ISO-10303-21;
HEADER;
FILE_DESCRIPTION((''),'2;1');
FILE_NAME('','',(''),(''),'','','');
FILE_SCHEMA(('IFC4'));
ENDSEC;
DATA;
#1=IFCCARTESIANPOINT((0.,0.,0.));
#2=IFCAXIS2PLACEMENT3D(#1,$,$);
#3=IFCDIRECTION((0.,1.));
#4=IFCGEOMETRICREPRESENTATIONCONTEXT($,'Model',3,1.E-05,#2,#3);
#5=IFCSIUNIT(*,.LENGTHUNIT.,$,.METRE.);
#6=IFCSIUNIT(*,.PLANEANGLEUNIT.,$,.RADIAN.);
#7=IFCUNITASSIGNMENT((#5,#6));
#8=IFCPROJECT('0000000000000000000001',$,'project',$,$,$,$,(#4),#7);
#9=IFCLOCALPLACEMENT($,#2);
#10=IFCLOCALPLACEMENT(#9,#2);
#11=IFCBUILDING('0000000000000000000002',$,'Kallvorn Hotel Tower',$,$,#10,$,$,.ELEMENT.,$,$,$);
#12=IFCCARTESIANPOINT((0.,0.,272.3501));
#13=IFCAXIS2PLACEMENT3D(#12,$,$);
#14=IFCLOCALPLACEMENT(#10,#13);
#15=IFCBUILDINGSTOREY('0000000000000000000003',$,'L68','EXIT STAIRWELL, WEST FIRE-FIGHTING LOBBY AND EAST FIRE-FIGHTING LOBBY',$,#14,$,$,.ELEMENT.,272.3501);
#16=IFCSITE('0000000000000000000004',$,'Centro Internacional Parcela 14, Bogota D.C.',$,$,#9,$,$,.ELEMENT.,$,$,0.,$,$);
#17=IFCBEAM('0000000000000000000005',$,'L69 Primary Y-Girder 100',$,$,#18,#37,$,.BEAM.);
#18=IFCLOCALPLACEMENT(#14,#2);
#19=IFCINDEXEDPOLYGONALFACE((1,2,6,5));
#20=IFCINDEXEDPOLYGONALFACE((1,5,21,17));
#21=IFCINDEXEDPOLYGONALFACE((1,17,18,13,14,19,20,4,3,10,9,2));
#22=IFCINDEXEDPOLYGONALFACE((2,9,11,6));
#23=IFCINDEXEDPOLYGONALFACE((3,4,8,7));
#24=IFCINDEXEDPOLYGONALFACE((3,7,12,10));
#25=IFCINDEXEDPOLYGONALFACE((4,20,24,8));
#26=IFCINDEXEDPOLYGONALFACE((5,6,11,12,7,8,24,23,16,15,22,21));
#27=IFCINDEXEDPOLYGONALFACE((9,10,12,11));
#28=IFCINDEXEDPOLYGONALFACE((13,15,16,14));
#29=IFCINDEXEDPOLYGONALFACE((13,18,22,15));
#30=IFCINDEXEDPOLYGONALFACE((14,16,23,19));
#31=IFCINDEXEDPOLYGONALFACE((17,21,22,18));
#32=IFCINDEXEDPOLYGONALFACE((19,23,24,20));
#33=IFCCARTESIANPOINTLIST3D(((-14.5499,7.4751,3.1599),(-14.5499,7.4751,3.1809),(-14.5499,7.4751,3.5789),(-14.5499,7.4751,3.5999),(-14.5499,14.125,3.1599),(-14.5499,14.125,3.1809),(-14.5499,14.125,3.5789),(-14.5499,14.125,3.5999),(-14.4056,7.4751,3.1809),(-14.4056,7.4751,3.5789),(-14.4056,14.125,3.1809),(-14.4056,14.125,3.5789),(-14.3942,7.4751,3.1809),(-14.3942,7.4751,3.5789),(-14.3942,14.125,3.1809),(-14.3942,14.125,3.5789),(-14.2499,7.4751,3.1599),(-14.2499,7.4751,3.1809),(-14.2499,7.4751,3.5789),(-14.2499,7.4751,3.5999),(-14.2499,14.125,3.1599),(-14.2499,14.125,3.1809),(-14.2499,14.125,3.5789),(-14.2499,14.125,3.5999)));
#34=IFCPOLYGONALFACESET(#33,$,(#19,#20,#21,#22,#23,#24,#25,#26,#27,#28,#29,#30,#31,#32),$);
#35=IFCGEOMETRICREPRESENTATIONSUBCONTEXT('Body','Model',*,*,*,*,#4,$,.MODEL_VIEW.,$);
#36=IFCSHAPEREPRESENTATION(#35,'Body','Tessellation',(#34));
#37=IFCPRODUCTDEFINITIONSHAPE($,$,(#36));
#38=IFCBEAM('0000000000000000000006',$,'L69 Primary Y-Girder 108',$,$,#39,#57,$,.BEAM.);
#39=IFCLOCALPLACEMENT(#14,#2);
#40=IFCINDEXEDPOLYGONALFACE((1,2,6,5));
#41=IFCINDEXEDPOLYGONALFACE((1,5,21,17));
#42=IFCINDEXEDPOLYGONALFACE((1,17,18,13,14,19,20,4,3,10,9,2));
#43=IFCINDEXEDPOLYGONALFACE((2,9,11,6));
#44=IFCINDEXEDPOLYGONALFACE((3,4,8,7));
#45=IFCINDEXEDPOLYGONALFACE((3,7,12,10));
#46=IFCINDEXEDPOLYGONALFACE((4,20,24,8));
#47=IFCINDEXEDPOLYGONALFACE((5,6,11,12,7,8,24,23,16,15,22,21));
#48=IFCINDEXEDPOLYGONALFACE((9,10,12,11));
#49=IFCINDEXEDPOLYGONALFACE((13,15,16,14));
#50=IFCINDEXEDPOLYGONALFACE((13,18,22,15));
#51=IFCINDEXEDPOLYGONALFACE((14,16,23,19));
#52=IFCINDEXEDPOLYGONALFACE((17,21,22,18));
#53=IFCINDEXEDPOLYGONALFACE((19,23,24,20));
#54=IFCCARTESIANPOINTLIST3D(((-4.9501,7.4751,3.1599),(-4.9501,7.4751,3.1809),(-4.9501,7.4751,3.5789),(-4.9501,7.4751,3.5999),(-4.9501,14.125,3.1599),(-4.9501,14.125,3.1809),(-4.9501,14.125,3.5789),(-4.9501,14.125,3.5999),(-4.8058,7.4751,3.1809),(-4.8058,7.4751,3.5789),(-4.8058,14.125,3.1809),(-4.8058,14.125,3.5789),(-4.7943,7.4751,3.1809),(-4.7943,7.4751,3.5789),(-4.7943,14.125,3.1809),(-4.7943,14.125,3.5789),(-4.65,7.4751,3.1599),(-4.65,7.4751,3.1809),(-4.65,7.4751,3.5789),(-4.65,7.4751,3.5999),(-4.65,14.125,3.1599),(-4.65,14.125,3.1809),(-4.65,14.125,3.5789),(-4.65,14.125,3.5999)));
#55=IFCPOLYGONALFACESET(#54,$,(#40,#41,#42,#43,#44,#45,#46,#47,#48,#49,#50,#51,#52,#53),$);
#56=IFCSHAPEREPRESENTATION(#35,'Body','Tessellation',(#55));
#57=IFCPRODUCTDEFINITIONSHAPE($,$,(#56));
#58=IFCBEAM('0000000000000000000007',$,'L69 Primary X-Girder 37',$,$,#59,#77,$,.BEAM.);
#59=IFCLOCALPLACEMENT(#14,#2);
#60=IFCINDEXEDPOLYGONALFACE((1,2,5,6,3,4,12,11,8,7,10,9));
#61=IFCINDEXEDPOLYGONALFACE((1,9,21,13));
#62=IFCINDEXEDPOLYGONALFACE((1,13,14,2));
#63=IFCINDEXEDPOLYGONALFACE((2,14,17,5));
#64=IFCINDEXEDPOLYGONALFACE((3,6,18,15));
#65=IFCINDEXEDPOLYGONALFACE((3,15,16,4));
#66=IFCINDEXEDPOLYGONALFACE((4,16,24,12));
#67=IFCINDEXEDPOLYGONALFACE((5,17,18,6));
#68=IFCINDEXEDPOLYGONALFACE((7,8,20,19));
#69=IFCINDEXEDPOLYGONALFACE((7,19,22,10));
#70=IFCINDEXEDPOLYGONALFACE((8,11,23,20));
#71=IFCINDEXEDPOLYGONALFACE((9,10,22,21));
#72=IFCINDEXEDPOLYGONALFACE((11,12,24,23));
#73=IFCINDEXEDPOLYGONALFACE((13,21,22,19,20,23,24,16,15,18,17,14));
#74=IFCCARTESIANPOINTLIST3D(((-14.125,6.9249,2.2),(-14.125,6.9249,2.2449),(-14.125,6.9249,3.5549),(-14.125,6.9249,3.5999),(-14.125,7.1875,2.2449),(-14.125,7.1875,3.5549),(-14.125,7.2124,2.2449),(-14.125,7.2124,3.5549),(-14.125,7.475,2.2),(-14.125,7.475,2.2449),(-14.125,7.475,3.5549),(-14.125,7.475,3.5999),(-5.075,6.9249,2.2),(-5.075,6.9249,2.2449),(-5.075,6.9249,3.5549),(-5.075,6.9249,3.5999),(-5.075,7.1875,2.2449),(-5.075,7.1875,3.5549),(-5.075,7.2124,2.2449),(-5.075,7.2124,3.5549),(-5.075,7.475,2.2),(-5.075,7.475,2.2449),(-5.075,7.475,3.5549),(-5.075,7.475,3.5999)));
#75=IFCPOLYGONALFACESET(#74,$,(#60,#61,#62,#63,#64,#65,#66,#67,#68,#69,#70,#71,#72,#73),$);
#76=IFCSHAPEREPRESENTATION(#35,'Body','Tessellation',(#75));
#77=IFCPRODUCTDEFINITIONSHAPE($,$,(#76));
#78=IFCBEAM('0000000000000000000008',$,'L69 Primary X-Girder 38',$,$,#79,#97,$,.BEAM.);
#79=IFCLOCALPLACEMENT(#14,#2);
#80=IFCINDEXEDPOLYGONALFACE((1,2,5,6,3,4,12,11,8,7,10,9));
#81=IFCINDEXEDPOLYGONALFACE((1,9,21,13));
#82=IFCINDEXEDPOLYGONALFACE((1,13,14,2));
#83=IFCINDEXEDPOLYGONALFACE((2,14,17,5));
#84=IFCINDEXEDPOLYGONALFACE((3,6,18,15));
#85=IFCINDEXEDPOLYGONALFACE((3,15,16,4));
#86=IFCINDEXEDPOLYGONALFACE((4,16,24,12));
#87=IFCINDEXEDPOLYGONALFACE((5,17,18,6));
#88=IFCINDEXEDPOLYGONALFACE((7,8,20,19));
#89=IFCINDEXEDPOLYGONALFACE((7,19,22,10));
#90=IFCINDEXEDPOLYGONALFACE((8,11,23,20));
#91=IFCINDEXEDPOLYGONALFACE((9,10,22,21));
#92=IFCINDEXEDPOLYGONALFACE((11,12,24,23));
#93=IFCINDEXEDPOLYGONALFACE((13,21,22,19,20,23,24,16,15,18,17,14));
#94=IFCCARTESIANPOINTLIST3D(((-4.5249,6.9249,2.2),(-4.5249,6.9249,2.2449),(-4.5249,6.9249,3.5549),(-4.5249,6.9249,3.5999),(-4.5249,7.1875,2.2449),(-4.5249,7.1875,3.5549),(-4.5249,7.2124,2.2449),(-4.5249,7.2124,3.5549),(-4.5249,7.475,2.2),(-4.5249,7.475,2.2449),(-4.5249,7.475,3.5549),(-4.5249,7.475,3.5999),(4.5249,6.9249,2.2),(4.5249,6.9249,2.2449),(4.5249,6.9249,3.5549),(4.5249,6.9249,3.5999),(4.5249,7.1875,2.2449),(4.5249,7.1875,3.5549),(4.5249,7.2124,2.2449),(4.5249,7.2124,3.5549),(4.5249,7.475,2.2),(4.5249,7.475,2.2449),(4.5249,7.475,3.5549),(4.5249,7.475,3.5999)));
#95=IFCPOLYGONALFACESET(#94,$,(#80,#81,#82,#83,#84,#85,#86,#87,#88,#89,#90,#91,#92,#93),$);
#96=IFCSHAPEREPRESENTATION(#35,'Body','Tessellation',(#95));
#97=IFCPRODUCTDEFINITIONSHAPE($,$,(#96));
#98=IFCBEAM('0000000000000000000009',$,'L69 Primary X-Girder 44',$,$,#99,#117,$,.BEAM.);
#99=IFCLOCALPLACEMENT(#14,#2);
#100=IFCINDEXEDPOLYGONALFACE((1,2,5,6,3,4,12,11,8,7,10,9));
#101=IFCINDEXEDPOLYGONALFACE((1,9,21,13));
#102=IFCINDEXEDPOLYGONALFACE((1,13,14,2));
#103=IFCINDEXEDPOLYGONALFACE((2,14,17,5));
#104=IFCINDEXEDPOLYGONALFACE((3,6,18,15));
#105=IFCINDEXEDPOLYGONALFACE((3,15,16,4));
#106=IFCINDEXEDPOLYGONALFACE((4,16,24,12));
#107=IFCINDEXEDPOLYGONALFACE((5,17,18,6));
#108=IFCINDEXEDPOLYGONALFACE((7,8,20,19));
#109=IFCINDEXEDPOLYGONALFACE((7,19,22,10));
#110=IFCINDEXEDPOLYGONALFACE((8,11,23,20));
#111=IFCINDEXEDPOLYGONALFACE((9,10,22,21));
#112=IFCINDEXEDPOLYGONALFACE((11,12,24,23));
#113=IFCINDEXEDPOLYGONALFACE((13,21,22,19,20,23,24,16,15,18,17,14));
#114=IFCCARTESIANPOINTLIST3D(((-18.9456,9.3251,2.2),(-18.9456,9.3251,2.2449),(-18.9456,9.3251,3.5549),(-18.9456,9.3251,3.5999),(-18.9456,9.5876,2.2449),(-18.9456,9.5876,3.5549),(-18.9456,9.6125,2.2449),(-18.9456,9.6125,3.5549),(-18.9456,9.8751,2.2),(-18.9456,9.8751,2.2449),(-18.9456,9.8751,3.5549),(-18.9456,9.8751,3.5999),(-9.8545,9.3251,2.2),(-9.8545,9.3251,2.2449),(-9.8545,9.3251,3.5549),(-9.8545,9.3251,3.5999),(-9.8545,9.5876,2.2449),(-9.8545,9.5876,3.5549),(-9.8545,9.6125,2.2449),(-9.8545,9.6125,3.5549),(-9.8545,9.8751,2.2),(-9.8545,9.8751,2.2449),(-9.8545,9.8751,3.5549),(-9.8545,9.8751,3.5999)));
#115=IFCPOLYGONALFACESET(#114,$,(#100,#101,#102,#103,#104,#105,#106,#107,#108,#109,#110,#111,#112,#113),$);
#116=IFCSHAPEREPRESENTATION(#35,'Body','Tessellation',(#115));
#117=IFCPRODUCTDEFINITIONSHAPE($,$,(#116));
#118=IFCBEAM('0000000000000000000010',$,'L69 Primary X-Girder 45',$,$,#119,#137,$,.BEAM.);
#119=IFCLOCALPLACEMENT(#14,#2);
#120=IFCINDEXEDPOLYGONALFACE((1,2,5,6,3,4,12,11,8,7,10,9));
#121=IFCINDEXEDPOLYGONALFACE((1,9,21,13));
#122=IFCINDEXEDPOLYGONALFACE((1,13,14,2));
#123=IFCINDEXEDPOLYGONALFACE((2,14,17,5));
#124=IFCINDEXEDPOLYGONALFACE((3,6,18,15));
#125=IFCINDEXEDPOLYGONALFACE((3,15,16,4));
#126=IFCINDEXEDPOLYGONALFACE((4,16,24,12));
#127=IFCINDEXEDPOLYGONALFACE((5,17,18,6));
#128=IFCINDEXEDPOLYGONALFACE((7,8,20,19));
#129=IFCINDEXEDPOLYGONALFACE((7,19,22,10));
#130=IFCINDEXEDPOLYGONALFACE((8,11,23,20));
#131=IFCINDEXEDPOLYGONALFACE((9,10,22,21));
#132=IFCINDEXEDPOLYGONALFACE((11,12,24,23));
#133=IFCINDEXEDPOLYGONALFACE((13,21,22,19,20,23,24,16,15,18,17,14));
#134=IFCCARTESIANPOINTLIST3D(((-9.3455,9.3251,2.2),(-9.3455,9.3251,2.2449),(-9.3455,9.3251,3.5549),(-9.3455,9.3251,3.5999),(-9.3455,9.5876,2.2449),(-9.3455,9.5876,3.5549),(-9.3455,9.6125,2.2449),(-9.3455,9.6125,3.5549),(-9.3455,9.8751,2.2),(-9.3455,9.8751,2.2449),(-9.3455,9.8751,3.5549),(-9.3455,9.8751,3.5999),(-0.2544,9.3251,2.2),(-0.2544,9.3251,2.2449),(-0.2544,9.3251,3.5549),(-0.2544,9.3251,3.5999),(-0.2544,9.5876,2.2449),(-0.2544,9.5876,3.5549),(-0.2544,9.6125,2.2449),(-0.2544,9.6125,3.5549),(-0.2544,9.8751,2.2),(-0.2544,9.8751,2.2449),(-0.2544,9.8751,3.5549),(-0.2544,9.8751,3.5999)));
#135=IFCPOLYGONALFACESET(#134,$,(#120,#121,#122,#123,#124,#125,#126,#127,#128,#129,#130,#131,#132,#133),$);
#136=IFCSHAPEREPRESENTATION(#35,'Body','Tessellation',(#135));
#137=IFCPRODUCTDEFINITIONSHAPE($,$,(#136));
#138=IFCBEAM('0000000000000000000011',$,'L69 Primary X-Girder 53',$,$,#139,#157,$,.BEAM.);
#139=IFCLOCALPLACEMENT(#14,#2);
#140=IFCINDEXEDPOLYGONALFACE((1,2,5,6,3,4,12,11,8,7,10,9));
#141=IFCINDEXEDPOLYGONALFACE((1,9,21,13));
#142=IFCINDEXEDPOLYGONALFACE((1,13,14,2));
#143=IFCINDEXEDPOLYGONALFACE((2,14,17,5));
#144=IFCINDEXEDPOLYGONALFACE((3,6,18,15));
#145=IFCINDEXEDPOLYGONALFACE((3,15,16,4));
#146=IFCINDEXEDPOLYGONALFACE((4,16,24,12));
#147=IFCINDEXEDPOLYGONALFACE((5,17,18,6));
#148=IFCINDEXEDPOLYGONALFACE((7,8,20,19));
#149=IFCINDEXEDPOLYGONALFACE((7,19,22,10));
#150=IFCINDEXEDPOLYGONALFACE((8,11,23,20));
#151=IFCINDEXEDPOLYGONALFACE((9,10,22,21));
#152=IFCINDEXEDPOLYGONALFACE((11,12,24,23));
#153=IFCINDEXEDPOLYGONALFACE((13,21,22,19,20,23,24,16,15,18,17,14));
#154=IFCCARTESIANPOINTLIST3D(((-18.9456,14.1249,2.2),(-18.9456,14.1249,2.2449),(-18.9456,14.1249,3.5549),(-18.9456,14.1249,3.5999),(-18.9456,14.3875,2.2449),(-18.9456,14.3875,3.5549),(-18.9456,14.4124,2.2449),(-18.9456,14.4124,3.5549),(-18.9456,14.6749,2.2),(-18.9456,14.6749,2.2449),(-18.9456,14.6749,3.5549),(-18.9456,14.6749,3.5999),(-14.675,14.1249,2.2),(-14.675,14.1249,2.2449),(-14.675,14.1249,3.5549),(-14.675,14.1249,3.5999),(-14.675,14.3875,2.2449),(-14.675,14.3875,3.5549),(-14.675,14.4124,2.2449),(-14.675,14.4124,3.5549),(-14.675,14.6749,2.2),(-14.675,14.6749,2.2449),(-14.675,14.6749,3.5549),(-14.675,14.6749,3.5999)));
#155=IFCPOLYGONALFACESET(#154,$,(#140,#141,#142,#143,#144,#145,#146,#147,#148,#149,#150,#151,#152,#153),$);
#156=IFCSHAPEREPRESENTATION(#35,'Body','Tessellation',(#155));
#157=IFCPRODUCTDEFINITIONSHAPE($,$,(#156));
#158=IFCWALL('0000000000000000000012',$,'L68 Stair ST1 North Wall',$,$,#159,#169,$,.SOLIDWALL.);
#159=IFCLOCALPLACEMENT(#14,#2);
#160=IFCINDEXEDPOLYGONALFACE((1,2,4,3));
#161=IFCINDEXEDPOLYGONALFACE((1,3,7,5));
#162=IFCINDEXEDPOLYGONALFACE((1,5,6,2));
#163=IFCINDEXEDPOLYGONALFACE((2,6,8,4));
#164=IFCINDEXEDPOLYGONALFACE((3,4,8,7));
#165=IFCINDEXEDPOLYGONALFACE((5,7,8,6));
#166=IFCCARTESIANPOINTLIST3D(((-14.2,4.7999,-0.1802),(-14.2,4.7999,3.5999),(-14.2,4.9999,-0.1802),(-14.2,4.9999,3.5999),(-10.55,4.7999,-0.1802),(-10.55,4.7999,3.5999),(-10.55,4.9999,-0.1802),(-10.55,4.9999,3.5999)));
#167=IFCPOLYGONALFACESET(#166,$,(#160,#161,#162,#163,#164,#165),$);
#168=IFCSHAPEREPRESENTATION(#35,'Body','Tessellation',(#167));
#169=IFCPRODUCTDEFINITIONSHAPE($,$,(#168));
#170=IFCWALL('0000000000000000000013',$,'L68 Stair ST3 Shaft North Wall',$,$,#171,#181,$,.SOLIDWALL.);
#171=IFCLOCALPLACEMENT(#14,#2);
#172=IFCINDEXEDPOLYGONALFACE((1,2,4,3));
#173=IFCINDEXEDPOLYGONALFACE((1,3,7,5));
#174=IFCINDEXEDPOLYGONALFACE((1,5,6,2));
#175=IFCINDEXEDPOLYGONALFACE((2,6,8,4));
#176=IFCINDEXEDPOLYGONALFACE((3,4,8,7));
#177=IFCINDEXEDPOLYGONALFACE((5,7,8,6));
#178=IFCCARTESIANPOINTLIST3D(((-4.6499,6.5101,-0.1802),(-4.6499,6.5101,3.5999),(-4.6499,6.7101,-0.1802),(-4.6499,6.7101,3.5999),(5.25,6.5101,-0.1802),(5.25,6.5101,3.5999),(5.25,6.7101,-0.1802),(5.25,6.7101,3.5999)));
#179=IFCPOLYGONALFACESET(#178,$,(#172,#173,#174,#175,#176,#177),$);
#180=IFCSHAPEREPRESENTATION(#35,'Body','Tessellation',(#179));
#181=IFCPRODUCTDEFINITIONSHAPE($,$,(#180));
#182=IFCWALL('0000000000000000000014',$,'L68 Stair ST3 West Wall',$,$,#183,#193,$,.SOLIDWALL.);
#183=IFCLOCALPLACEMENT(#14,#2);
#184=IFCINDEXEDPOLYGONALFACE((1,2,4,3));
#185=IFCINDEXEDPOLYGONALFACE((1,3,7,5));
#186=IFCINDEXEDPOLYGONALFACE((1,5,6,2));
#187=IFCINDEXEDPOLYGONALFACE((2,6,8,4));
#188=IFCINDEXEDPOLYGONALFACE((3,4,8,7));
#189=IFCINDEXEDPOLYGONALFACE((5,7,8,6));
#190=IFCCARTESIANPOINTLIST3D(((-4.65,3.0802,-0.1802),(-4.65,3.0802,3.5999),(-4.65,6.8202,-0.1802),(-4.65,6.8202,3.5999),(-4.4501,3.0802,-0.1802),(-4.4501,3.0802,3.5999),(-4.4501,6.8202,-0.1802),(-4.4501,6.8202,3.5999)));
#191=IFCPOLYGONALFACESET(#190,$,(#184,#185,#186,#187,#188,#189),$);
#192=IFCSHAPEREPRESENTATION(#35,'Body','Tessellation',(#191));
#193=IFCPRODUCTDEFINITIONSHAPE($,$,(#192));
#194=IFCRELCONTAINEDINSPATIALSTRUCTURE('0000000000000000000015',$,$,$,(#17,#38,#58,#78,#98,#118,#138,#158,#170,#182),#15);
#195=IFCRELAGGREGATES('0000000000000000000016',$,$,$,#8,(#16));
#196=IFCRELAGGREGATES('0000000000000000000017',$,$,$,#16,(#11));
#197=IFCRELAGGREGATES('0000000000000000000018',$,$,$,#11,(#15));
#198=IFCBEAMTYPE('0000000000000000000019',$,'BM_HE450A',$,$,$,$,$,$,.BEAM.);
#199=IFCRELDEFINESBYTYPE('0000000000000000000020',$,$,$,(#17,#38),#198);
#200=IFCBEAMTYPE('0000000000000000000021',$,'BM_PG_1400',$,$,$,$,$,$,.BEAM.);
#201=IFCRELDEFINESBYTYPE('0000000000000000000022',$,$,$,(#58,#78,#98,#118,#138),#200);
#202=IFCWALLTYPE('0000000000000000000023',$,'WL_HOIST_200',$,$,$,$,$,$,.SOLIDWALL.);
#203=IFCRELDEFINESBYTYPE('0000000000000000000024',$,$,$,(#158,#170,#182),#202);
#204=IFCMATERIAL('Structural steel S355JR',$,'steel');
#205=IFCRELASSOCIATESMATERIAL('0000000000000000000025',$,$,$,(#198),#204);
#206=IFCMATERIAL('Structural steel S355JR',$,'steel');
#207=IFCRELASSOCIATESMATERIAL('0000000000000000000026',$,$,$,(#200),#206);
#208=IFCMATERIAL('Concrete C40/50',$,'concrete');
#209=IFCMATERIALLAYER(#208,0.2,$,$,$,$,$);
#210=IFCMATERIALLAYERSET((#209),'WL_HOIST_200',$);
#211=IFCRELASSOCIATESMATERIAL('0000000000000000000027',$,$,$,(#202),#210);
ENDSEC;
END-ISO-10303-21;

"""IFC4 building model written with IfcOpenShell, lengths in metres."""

from ifc_helpers import new_model, si_unit, direction, frame, frame_2d, origin, origin_2d, place, context, subcontext, project, spatial, rectangle, i_section, extrude, material, layer, layer_set, material_profile, profile_set, type_object, element, save


model = new_model("IFC4")

# Units and contexts
model_context = context("Model", 3, precision=1e-05, world=origin(), true_north=direction((0.0, 1.0)))
body_context = subcontext(model_context, "Body", "Model", "MODEL_VIEW")
ifc_project = project(units=[si_unit("LENGTHUNIT", "METRE"), si_unit("PLANEANGLEUNIT", "RADIAN")], contexts=[model_context])

# Site, building, storey
site_placement = place(None, origin())
site = spatial("IfcSite", under=ifc_project, at=site_placement, Name="Centro Internacional Parcela 14, Bogota D.C.", CompositionType="ELEMENT", RefElevation=0.0)
building_placement = place(site_placement, origin())
building = spatial("IfcBuilding", under=site, at=building_placement, Name="Kallvorn Hotel Tower", CompositionType="ELEMENT")
storey_placement = place(building_placement, frame((0.0, 0.0, 272.3501)))
storey = spatial("IfcBuildingStorey", under=building, at=storey_placement, Name="L68", Description="EXIT STAIRWELL, WEST FIRE-FIGHTING LOBBY AND EAST FIRE-FIGHTING LOBBY", CompositionType="ELEMENT", Elevation=272.3501)

# Beams
ifc_material_1 = material(Name="Structural steel S355JR", Category="steel")
ifc_material_profile_1 = material_profile(ifc_material_1, i_section(OverallWidth=0.3, OverallDepth=0.4399, WebThickness=0.0115, FlangeThickness=0.021, at=origin_2d()), Name="HE 450 A")
ifc_profile_set_1 = profile_set([ifc_material_profile_1], Name="Structural steel S355JR")
beam_type_1 = type_object("IfcBeamType", Name="BM_HE450A", PredefinedType="BEAM", material=ifc_profile_set_1)
for number, where, z_axis, x_axis, name in (
    (1, (-14.3999, 7.4751, 3.3799), (0.0, 1.0, 0.0), (-1.0, 0.0, 0.0), "L69 Primary Y-Girder 100"),
    (2, (-4.8, 7.4751, 3.3799), (0.0, 1.0, 0.0), (-1.0, 0.0, 0.0), "L69 Primary Y-Girder 108"),
):
    element("IfcBeam", number, at=place(storey_placement, frame(where, z_axis=z_axis, x_axis=x_axis)), inside=storey, type_object=beam_type_1, Name=name, PredefinedType="BEAM", context=body_context, shape_type="SweptSolid", body=[
        extrude(i_section(OverallWidth=0.3, OverallDepth=0.4399, WebThickness=0.0115, FlangeThickness=0.021, at=origin_2d()), origin(), (0.0, 0.0, 1.0), 6.6499),
    ])
ifc_material_2 = material(Name="Structural steel S355JR", Category="steel")
ifc_material_profile_2 = material_profile(ifc_material_2, i_section(OverallWidth=0.55, OverallDepth=1.3999, WebThickness=0.0249, FlangeThickness=0.0449, at=origin_2d()), Name="PG 1400x550x25x45")
ifc_profile_set_2 = profile_set([ifc_material_profile_2], Name="Structural steel S355JR")
beam_type_2 = type_object("IfcBeamType", Name="BM_PG_1400", PredefinedType="BEAM", material=ifc_profile_set_2)
beam_1_placement = place(storey_placement, frame((-14.125, 7.2, 2.8999), z_axis=(1.0, 0.0, 0.0), x_axis=(0.0, 1.0, 0.0)))
element("IfcBeam", 3, at=beam_1_placement, inside=storey, type_object=beam_type_2, Name="L69 Primary X-Girder 37", PredefinedType="BEAM", context=body_context, shape_type="SweptSolid", body=[
    extrude(i_section(OverallWidth=0.55, OverallDepth=1.3999, WebThickness=0.0249, FlangeThickness=0.0449, at=origin_2d()), origin(), (0.0, 0.0, 1.0), 9.05),
])
beam_2_placement = place(storey_placement, frame((-4.5249, 7.2, 2.8999), z_axis=(1.0, 0.0, 0.0), x_axis=(0.0, 1.0, 0.0)))
element("IfcBeam", 4, at=beam_2_placement, inside=storey, type_object=beam_type_2, Name="L69 Primary X-Girder 38", PredefinedType="BEAM", context=body_context, shape_type="SweptSolid", body=[
    extrude(i_section(OverallWidth=0.55, OverallDepth=1.3999, WebThickness=0.0249, FlangeThickness=0.0449, at=origin_2d()), origin(), (0.0, 0.0, 1.0), 9.0498),
])
for number, where, z_axis, x_axis, name in (
    (5, (-18.9456, 9.6001, 2.8999), (1.0, 0.0, 0.0), (0.0, 1.0, 0.0), "L69 Primary X-Girder 44"),
    (6, (-9.3455, 9.6001, 2.8999), (1.0, 0.0, 0.0), (0.0, 1.0, 0.0), "L69 Primary X-Girder 45"),
):
    element("IfcBeam", number, at=place(storey_placement, frame(where, z_axis=z_axis, x_axis=x_axis)), inside=storey, type_object=beam_type_2, Name=name, PredefinedType="BEAM", context=body_context, shape_type="SweptSolid", body=[
        extrude(i_section(OverallWidth=0.55, OverallDepth=1.3999, WebThickness=0.0249, FlangeThickness=0.0449, at=origin_2d()), origin(), (0.0, 0.0, 1.0), 9.0911),
    ])
beam_3_placement = place(storey_placement, frame((-18.9456, 14.3999, 2.8999), z_axis=(1.0, 0.0, 0.0), x_axis=(0.0, 1.0, 0.0)))
element("IfcBeam", 7, at=beam_3_placement, inside=storey, type_object=beam_type_2, Name="L69 Primary X-Girder 53", PredefinedType="BEAM", context=body_context, shape_type="SweptSolid", body=[
    extrude(i_section(OverallWidth=0.55, OverallDepth=1.3999, WebThickness=0.0249, FlangeThickness=0.0449, at=origin_2d()), origin(), (0.0, 0.0, 1.0), 4.2705),
])

# Walls
ifc_material_3 = material(Name="Concrete C40/50", Category="concrete")
ifc_layer_1 = layer(ifc_material_3, 0.2)
ifc_layer_set_1 = layer_set([ifc_layer_1], Name="WL_HOIST_200")
wall_type_1 = type_object("IfcWallType", Name="WL_HOIST_200", PredefinedType="SOLIDWALL", material=ifc_layer_set_1)
wall_1_placement = place(storey_placement, frame((-14.2, 4.8999, -0.1802), z_axis=(0.0, 0.0, 1.0), x_axis=(1.0, 0.0, 0.0)))
element("IfcWall", 8, at=wall_1_placement, inside=storey, type_object=wall_type_1, Name="L68 Stair ST1 North Wall", PredefinedType="SOLIDWALL", context=body_context, shape_type="SweptSolid", body=[
    extrude(rectangle(XDim=3.6499, YDim=0.2, at=frame_2d((1.825, 0.0))), origin(), (0.0, 0.0, 1.0), 3.78),
])
wall_2_placement = place(storey_placement, frame((-4.6499, 6.6101, -0.1802), z_axis=(0.0, 0.0, 1.0), x_axis=(1.0, 0.0, 0.0)))
element("IfcWall", 9, at=wall_2_placement, inside=storey, type_object=wall_type_1, Name="L68 Stair ST3 Shaft North Wall", PredefinedType="SOLIDWALL", context=body_context, shape_type="SweptSolid", body=[
    extrude(rectangle(XDim=9.8999, YDim=0.2, at=frame_2d((4.95, 0.0))), origin(), (0.0, 0.0, 1.0), 3.78),
])
wall_3_placement = place(storey_placement, frame((-4.55, 3.0801, -0.1802), z_axis=(0.0, 0.0, 1.0), x_axis=(0.0, 1.0, 0.0)))
element("IfcWall", 10, at=wall_3_placement, inside=storey, type_object=wall_type_1, Name="L68 Stair ST3 West Wall", PredefinedType="SOLIDWALL", context=body_context, shape_type="SweptSolid", body=[
    extrude(rectangle(XDim=3.74, YDim=0.2, at=frame_2d((1.8701, 0.0))), origin(), (0.0, 0.0, 1.0), 3.78),
])

save(model, "model.ifc")
